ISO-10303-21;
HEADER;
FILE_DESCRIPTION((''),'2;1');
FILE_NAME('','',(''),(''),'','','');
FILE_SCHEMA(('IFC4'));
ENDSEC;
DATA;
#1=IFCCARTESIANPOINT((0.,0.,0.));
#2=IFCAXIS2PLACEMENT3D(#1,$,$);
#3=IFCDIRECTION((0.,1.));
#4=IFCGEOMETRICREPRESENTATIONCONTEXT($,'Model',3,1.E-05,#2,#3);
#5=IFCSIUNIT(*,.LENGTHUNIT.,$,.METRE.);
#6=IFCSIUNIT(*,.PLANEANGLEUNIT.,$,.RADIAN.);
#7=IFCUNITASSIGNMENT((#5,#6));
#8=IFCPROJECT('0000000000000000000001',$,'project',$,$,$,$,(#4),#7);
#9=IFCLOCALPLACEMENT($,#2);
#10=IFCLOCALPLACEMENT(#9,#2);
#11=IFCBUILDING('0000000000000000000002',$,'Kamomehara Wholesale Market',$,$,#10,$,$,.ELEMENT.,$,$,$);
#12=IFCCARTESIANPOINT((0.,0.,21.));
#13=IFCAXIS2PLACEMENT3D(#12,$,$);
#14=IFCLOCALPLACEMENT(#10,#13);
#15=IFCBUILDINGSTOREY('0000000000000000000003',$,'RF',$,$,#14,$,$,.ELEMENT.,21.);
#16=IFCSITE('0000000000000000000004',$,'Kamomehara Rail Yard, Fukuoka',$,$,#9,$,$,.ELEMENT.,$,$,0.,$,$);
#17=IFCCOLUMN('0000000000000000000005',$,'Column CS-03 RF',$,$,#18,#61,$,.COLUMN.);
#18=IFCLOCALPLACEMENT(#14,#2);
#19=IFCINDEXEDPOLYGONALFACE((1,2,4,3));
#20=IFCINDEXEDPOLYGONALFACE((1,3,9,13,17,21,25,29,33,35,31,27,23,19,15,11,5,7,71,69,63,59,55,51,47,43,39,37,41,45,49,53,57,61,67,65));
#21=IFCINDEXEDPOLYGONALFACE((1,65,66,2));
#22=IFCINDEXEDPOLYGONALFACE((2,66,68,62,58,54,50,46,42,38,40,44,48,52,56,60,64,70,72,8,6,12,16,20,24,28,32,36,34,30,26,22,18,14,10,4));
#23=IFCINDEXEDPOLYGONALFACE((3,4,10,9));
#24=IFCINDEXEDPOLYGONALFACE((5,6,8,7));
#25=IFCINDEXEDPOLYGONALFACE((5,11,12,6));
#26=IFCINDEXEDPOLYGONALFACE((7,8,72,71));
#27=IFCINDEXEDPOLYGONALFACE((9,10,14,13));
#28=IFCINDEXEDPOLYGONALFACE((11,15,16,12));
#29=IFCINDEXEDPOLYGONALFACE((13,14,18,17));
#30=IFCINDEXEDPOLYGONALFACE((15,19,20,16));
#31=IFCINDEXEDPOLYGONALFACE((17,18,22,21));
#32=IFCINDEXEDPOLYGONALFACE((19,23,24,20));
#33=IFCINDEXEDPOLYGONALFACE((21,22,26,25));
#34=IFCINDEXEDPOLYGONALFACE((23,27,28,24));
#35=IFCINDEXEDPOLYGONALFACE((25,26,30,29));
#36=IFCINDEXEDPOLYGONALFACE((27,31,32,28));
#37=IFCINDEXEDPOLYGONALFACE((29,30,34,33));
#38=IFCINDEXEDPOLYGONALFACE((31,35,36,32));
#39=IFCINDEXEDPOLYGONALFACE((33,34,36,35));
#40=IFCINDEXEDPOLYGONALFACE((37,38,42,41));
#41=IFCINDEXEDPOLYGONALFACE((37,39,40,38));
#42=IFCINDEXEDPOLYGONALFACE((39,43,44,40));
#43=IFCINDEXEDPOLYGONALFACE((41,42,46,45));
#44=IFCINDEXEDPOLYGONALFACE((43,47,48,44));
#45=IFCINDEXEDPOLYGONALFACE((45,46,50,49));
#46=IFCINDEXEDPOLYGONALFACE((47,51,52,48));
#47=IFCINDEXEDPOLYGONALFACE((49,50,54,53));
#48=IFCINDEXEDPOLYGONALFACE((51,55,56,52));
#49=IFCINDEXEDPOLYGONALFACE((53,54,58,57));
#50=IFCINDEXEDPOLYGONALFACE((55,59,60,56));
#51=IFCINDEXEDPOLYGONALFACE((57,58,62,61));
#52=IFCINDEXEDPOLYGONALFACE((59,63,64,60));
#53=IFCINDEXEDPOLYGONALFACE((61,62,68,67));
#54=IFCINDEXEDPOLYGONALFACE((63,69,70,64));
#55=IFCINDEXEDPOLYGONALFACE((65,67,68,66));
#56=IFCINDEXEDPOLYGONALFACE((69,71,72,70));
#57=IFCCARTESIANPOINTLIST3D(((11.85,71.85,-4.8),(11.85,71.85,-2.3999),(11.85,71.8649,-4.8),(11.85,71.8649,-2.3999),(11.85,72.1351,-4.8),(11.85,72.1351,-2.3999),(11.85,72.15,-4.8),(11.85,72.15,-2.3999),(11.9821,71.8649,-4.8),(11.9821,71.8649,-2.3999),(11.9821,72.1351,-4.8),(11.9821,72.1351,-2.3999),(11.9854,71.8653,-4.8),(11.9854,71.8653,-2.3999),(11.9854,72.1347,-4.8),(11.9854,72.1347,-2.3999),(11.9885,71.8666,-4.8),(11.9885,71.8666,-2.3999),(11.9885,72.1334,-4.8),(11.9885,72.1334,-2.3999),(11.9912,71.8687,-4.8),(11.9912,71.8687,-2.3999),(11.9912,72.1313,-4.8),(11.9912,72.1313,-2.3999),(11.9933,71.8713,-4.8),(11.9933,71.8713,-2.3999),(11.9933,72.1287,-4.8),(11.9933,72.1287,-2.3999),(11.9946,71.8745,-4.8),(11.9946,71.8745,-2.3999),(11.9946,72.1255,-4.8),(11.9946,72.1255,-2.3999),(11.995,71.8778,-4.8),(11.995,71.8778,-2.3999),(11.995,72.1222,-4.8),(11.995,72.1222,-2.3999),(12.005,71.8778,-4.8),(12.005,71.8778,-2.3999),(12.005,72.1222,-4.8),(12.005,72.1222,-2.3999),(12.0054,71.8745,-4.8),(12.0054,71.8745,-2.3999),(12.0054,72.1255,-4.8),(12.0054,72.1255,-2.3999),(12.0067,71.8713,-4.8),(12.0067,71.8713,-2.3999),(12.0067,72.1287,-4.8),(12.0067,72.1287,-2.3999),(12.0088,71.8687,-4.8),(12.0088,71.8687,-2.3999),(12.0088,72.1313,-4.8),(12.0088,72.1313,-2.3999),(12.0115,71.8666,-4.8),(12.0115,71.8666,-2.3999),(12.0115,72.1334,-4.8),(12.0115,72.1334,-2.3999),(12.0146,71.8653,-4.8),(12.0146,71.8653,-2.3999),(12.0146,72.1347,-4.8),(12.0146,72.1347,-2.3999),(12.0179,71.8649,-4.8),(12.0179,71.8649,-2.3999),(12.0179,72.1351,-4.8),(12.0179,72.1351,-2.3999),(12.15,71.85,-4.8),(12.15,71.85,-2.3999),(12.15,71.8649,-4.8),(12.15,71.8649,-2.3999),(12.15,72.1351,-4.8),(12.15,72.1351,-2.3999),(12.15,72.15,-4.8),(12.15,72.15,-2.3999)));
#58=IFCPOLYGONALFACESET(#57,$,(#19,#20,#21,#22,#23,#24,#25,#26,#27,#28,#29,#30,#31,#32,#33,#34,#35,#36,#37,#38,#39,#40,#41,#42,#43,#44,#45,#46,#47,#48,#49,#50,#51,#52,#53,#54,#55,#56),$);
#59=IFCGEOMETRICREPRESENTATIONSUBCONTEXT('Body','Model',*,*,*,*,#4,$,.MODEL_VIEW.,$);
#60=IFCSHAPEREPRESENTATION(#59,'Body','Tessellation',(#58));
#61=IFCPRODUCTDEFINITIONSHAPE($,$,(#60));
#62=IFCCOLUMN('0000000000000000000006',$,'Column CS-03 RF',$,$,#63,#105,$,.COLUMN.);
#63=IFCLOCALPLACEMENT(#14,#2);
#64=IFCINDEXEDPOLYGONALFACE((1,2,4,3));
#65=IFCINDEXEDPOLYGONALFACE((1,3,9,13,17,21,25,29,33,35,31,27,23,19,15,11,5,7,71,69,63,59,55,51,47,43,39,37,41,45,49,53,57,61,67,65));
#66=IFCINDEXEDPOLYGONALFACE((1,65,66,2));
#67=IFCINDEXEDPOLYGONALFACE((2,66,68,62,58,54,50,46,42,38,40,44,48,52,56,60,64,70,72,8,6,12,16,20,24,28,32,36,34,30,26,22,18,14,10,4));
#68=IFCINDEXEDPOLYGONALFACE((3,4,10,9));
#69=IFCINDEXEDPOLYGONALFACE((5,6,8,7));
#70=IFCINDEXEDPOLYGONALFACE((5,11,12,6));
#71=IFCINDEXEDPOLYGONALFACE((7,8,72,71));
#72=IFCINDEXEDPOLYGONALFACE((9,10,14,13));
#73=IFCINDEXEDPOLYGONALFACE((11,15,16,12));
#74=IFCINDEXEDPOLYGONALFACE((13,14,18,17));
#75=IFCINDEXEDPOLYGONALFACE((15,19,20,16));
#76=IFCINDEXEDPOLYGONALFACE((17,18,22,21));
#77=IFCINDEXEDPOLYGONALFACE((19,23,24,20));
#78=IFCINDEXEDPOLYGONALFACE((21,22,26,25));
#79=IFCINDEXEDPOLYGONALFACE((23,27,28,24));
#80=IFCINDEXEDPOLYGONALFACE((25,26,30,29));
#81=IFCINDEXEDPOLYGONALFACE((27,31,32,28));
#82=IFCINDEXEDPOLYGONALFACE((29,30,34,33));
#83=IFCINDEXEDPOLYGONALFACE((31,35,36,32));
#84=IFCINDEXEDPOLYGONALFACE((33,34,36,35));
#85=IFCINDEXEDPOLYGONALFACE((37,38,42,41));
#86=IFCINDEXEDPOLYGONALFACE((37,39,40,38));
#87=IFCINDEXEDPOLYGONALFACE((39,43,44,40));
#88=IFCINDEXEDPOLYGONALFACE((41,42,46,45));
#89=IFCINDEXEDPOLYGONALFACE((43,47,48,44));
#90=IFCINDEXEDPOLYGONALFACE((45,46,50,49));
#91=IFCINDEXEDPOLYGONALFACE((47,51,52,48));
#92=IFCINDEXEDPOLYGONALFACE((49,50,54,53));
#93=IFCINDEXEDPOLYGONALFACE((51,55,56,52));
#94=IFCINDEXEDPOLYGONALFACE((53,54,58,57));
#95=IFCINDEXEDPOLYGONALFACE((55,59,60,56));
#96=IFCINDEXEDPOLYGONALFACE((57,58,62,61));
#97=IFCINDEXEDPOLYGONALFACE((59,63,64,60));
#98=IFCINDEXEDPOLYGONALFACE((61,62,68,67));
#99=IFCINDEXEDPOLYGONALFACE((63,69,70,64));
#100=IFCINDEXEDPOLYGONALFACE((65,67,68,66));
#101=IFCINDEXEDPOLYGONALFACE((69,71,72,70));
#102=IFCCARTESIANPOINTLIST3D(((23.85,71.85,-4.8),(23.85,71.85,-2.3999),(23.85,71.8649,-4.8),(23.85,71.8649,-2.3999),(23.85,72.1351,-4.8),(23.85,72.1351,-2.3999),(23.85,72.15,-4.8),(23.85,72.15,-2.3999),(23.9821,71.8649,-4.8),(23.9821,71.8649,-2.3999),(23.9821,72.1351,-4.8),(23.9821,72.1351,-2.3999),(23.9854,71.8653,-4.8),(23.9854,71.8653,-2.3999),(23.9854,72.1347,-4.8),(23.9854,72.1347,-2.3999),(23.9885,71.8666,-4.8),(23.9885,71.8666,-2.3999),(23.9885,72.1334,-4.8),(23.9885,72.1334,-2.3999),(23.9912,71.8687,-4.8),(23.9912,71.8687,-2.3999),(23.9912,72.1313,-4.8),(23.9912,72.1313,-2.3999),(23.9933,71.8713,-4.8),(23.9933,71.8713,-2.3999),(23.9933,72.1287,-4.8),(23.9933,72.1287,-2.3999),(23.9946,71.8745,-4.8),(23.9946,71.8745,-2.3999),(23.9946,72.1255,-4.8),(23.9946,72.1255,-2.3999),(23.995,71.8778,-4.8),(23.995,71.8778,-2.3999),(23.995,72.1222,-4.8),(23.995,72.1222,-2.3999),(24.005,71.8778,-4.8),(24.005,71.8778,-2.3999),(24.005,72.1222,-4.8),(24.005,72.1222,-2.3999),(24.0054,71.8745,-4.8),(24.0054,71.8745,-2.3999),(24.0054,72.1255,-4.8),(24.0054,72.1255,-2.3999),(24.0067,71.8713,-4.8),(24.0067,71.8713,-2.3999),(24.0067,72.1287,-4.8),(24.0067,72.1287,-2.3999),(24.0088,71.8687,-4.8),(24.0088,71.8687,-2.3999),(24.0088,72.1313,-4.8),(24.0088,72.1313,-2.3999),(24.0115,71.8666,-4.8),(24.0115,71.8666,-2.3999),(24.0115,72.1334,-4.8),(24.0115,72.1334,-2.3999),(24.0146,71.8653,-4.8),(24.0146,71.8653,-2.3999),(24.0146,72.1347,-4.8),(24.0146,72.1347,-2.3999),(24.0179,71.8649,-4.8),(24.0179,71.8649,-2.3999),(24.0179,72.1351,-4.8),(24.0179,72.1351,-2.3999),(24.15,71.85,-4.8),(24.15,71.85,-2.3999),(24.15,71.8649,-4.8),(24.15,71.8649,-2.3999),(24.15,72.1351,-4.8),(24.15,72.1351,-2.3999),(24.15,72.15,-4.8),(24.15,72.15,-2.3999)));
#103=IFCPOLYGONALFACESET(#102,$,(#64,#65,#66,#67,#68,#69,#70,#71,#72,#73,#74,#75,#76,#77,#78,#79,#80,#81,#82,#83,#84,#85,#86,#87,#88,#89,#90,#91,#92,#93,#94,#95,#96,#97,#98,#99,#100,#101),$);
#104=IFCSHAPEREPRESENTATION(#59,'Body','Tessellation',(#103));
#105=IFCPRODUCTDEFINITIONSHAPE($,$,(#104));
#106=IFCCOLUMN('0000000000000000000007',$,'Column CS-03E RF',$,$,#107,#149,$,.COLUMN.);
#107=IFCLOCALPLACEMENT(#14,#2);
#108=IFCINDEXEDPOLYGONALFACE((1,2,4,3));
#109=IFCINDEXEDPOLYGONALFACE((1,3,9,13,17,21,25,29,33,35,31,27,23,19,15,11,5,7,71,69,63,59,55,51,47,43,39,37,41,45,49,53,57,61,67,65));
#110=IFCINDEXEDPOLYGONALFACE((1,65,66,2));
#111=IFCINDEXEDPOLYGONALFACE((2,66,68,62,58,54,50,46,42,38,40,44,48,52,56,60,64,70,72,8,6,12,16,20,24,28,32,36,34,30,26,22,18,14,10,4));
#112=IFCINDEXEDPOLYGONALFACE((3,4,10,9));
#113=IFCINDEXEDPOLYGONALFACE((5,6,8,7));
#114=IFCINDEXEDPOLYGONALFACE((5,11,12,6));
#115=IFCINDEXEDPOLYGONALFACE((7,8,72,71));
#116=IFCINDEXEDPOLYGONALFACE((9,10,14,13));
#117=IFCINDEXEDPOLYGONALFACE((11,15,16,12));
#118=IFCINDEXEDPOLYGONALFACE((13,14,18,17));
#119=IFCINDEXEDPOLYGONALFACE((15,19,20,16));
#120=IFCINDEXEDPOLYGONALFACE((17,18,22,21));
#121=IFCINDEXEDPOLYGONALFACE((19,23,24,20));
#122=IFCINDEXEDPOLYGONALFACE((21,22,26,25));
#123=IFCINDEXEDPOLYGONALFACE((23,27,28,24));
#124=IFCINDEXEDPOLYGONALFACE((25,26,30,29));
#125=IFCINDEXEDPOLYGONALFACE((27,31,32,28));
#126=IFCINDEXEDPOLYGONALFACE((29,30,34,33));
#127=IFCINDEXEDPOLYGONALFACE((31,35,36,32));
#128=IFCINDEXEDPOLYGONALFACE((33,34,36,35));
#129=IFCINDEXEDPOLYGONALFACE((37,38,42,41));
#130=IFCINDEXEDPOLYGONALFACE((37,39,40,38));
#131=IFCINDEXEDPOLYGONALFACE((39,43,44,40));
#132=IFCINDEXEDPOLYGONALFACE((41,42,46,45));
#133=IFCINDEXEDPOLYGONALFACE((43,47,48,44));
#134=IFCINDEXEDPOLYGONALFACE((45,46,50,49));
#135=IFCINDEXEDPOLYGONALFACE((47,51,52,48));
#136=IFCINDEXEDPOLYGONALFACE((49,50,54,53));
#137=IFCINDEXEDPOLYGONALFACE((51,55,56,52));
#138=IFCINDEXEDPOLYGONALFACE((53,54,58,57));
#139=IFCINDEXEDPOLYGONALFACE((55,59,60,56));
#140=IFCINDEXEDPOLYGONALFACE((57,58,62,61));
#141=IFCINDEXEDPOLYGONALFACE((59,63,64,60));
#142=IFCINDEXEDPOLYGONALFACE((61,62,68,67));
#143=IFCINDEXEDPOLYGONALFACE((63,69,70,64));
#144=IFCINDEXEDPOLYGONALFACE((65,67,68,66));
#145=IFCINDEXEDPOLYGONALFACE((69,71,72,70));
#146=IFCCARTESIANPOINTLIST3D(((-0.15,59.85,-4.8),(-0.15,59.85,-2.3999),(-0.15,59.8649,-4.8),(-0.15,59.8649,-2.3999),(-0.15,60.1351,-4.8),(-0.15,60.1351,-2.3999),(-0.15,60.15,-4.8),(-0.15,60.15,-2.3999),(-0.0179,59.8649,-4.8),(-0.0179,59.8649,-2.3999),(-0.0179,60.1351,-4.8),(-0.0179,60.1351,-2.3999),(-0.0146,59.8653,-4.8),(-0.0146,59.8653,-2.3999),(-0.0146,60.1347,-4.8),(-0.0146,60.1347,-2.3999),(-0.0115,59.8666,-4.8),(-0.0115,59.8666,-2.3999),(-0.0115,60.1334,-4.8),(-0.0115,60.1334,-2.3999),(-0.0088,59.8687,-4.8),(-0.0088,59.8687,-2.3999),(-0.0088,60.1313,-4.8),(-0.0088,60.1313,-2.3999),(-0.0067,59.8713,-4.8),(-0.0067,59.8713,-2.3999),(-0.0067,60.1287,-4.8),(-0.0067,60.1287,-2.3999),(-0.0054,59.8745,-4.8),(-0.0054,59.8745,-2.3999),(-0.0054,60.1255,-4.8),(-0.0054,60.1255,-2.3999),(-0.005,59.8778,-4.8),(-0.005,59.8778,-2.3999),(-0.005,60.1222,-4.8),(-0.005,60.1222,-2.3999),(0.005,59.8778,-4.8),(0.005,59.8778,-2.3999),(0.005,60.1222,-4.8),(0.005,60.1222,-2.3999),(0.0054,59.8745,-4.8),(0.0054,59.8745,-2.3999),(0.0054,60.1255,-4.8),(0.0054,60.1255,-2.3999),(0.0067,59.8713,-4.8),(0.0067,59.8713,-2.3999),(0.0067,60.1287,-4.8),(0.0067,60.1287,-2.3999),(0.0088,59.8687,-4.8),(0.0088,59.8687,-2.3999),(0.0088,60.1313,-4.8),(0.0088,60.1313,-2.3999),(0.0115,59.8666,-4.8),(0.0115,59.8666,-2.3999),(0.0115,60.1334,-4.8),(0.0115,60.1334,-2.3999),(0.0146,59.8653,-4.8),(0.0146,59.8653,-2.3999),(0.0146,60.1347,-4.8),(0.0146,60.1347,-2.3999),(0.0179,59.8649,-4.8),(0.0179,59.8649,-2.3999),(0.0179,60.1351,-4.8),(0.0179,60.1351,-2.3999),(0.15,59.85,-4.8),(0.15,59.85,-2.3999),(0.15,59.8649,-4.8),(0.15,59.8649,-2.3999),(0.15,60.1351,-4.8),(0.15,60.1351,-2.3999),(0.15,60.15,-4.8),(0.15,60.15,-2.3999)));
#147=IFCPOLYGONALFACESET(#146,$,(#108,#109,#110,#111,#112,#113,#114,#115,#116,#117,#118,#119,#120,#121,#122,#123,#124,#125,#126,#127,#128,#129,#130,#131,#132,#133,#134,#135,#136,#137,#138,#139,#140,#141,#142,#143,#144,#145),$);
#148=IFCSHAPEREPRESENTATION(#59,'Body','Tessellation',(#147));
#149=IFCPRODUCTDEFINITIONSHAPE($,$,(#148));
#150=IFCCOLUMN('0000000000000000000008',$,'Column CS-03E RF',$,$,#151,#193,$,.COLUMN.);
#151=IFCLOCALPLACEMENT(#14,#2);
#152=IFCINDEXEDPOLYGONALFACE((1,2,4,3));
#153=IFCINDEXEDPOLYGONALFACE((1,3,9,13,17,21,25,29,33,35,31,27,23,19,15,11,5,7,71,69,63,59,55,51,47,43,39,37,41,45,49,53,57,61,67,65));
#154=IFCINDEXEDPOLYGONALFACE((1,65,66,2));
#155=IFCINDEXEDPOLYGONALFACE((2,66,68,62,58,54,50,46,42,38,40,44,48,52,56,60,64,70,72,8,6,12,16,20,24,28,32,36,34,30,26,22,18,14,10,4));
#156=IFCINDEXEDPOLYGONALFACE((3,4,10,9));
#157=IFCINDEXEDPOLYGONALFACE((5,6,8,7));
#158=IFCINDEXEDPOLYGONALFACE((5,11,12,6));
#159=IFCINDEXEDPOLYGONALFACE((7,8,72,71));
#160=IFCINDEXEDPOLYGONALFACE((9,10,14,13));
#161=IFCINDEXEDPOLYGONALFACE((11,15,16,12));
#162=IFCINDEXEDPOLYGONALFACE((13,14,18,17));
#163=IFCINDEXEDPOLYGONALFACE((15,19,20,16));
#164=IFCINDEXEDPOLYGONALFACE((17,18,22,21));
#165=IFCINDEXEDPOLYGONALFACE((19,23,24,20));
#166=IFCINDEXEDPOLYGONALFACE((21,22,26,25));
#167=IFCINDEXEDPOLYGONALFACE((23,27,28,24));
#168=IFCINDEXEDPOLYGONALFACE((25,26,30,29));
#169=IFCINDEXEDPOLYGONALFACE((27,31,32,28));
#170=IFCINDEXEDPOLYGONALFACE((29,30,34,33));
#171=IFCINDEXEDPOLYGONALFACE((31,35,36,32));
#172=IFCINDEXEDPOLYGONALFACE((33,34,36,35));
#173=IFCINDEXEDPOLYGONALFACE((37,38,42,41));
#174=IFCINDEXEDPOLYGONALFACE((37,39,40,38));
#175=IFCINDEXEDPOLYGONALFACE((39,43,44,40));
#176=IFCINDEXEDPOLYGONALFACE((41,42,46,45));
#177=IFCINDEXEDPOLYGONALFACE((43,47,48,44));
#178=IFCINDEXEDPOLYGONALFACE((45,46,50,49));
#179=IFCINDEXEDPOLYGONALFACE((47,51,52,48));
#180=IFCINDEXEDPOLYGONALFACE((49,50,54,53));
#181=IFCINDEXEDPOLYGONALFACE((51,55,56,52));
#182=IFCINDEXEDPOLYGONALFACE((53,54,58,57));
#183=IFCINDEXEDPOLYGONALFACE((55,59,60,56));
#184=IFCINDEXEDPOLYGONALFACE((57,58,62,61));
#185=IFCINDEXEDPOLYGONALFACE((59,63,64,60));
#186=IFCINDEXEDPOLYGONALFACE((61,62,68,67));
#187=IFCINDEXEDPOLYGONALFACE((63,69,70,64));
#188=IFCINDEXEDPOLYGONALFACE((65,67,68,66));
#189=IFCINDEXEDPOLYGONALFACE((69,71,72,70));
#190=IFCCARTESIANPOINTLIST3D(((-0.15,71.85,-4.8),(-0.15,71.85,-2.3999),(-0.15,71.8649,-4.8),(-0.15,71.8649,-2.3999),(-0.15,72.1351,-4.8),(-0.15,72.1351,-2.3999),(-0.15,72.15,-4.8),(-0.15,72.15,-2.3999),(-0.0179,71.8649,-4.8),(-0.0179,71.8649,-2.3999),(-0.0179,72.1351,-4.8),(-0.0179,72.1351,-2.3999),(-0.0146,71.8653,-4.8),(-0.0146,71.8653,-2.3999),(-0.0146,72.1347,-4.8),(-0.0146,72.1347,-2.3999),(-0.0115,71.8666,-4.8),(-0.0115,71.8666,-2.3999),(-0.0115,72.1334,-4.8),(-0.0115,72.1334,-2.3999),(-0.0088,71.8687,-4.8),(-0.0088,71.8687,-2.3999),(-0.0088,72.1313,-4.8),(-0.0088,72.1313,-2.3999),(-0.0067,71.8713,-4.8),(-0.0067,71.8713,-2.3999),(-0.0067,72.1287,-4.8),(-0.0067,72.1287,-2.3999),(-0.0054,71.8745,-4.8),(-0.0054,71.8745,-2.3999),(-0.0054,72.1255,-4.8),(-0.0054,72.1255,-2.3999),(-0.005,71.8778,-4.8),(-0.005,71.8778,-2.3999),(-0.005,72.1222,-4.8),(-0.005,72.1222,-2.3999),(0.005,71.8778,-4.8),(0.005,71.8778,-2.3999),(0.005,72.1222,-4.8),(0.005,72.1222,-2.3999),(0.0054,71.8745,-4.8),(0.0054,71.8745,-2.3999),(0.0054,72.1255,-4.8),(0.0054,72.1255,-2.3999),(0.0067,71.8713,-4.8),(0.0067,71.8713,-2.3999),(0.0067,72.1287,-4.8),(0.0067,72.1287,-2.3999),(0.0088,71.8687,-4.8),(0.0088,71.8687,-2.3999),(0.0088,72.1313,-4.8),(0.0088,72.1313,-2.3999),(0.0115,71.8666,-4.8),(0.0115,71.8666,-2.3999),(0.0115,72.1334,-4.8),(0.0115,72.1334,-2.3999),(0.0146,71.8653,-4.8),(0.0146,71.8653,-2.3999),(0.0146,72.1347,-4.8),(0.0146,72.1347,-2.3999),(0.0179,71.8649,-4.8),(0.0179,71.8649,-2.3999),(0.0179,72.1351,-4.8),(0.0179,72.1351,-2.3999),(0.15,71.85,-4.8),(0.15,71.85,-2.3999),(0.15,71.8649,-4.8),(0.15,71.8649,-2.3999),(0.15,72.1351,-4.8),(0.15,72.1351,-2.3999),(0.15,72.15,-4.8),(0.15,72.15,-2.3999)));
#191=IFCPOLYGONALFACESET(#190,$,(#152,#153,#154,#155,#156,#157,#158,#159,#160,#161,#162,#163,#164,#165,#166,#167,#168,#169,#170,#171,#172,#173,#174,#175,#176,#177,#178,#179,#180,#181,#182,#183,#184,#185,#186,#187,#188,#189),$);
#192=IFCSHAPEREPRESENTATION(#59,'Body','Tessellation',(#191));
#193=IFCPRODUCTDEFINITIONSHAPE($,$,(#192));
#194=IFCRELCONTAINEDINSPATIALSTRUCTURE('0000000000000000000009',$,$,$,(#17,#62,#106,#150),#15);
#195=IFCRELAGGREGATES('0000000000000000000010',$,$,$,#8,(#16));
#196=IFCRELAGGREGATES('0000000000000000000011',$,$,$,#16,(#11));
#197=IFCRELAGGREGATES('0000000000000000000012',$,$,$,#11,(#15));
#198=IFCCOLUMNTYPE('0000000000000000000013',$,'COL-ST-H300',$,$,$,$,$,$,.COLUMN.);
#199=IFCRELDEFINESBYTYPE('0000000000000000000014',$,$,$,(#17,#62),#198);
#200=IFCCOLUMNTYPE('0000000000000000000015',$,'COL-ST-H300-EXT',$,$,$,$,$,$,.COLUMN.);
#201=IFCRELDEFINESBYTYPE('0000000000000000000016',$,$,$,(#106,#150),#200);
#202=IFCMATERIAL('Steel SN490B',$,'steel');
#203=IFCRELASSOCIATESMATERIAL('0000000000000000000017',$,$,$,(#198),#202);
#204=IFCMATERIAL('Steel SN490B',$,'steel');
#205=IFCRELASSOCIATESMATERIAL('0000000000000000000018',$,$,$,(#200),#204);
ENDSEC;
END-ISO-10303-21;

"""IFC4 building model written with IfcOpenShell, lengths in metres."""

from ifc_helpers import new_model, si_unit, direction, frame, origin, origin_2d, place, context, subcontext, project, spatial, i_section, extrude, material, material_profile, profile_set, type_object, element, save


model = new_model("IFC4")

# Units and contexts
model_context = context("Model", 3, precision=1e-05, world=origin(), true_north=direction((0.0, 1.0)))
body_context = subcontext(model_context, "Body", "Model", "MODEL_VIEW")
ifc_project = project(units=[si_unit("LENGTHUNIT", "METRE"), si_unit("PLANEANGLEUNIT", "RADIAN")], contexts=[model_context])

# Site, building, storey
site_placement = place(None, origin())
site = spatial("IfcSite", under=ifc_project, at=site_placement, Name="Kamomehara Rail Yard, Fukuoka", CompositionType="ELEMENT", RefElevation=0.0)
building_placement = place(site_placement, origin())
building = spatial("IfcBuilding", under=site, at=building_placement, Name="Kamomehara Wholesale Market", CompositionType="ELEMENT")
storey_placement = place(building_placement, frame((0.0, 0.0, 21.0)))
storey = spatial("IfcBuildingStorey", under=building, at=storey_placement, Name="RF", CompositionType="ELEMENT", Elevation=21.0)

# Columns
ifc_material_1 = material(Name="Steel SN490B", Category="steel")
ifc_material_profile_1 = material_profile(ifc_material_1, i_section(OverallWidth=0.3, OverallDepth=0.3, WebThickness=0.01, FlangeThickness=0.0149, FilletRadius=0.0129, at=origin_2d()), Name="H-300x300x10x15")
ifc_profile_set_1 = profile_set([ifc_material_profile_1], Name="Steel SN490B")
column_type_1 = type_object("IfcColumnType", Name="COL-ST-H300", PredefinedType="COLUMN", material=ifc_profile_set_1)
for number, where, z_axis, x_axis, name in (
    (1, (12.0, 72.0, -4.8), (0.0, 0.0, 1.0), (1.0, 0.0, 0.0), "Column CS-03 RF"),
    (2, (24.0, 72.0, -4.8), (0.0, 0.0, 1.0), (1.0, 0.0, 0.0), "Column CS-03 RF"),
):
    element("IfcColumn", number, at=place(storey_placement, frame(where, z_axis=z_axis, x_axis=x_axis)), inside=storey, type_object=column_type_1, Name=name, PredefinedType="COLUMN", context=body_context, shape_type="SweptSolid", body=[
        extrude(i_section(OverallWidth=0.3, OverallDepth=0.3, WebThickness=0.01, FlangeThickness=0.0149, FilletRadius=0.0129, at=origin_2d()), origin(), (0.0, 0.0, 1.0), 2.4001),
    ])
ifc_material_2 = material(Name="Steel SN490B", Category="steel")
ifc_material_profile_2 = material_profile(ifc_material_2, i_section(OverallWidth=0.3, OverallDepth=0.3, WebThickness=0.01, FlangeThickness=0.0149, FilletRadius=0.0129, at=origin_2d()), Name="H-300x300x10x15")
ifc_profile_set_2 = profile_set([ifc_material_profile_2], Name="Steel SN490B")
column_type_2 = type_object("IfcColumnType", Name="COL-ST-H300-EXT", PredefinedType="COLUMN", material=ifc_profile_set_2)
for number, where, z_axis, x_axis, name in (
    (3, (0.0, 60.0, -4.8), (0.0, 0.0, 1.0), (1.0, 0.0, 0.0), "Column CS-03E RF"),
    (4, (0.0, 72.0, -4.8), (0.0, 0.0, 1.0), (1.0, 0.0, 0.0), "Column CS-03E RF"),
):
    element("IfcColumn", number, at=place(storey_placement, frame(where, z_axis=z_axis, x_axis=x_axis)), inside=storey, type_object=column_type_2, Name=name, PredefinedType="COLUMN", context=body_context, shape_type="SweptSolid", body=[
        extrude(i_section(OverallWidth=0.3, OverallDepth=0.3, WebThickness=0.01, FlangeThickness=0.0149, FilletRadius=0.0129, at=origin_2d()), origin(), (0.0, 0.0, 1.0), 2.4001),
    ])

save(model, "model.ifc")
